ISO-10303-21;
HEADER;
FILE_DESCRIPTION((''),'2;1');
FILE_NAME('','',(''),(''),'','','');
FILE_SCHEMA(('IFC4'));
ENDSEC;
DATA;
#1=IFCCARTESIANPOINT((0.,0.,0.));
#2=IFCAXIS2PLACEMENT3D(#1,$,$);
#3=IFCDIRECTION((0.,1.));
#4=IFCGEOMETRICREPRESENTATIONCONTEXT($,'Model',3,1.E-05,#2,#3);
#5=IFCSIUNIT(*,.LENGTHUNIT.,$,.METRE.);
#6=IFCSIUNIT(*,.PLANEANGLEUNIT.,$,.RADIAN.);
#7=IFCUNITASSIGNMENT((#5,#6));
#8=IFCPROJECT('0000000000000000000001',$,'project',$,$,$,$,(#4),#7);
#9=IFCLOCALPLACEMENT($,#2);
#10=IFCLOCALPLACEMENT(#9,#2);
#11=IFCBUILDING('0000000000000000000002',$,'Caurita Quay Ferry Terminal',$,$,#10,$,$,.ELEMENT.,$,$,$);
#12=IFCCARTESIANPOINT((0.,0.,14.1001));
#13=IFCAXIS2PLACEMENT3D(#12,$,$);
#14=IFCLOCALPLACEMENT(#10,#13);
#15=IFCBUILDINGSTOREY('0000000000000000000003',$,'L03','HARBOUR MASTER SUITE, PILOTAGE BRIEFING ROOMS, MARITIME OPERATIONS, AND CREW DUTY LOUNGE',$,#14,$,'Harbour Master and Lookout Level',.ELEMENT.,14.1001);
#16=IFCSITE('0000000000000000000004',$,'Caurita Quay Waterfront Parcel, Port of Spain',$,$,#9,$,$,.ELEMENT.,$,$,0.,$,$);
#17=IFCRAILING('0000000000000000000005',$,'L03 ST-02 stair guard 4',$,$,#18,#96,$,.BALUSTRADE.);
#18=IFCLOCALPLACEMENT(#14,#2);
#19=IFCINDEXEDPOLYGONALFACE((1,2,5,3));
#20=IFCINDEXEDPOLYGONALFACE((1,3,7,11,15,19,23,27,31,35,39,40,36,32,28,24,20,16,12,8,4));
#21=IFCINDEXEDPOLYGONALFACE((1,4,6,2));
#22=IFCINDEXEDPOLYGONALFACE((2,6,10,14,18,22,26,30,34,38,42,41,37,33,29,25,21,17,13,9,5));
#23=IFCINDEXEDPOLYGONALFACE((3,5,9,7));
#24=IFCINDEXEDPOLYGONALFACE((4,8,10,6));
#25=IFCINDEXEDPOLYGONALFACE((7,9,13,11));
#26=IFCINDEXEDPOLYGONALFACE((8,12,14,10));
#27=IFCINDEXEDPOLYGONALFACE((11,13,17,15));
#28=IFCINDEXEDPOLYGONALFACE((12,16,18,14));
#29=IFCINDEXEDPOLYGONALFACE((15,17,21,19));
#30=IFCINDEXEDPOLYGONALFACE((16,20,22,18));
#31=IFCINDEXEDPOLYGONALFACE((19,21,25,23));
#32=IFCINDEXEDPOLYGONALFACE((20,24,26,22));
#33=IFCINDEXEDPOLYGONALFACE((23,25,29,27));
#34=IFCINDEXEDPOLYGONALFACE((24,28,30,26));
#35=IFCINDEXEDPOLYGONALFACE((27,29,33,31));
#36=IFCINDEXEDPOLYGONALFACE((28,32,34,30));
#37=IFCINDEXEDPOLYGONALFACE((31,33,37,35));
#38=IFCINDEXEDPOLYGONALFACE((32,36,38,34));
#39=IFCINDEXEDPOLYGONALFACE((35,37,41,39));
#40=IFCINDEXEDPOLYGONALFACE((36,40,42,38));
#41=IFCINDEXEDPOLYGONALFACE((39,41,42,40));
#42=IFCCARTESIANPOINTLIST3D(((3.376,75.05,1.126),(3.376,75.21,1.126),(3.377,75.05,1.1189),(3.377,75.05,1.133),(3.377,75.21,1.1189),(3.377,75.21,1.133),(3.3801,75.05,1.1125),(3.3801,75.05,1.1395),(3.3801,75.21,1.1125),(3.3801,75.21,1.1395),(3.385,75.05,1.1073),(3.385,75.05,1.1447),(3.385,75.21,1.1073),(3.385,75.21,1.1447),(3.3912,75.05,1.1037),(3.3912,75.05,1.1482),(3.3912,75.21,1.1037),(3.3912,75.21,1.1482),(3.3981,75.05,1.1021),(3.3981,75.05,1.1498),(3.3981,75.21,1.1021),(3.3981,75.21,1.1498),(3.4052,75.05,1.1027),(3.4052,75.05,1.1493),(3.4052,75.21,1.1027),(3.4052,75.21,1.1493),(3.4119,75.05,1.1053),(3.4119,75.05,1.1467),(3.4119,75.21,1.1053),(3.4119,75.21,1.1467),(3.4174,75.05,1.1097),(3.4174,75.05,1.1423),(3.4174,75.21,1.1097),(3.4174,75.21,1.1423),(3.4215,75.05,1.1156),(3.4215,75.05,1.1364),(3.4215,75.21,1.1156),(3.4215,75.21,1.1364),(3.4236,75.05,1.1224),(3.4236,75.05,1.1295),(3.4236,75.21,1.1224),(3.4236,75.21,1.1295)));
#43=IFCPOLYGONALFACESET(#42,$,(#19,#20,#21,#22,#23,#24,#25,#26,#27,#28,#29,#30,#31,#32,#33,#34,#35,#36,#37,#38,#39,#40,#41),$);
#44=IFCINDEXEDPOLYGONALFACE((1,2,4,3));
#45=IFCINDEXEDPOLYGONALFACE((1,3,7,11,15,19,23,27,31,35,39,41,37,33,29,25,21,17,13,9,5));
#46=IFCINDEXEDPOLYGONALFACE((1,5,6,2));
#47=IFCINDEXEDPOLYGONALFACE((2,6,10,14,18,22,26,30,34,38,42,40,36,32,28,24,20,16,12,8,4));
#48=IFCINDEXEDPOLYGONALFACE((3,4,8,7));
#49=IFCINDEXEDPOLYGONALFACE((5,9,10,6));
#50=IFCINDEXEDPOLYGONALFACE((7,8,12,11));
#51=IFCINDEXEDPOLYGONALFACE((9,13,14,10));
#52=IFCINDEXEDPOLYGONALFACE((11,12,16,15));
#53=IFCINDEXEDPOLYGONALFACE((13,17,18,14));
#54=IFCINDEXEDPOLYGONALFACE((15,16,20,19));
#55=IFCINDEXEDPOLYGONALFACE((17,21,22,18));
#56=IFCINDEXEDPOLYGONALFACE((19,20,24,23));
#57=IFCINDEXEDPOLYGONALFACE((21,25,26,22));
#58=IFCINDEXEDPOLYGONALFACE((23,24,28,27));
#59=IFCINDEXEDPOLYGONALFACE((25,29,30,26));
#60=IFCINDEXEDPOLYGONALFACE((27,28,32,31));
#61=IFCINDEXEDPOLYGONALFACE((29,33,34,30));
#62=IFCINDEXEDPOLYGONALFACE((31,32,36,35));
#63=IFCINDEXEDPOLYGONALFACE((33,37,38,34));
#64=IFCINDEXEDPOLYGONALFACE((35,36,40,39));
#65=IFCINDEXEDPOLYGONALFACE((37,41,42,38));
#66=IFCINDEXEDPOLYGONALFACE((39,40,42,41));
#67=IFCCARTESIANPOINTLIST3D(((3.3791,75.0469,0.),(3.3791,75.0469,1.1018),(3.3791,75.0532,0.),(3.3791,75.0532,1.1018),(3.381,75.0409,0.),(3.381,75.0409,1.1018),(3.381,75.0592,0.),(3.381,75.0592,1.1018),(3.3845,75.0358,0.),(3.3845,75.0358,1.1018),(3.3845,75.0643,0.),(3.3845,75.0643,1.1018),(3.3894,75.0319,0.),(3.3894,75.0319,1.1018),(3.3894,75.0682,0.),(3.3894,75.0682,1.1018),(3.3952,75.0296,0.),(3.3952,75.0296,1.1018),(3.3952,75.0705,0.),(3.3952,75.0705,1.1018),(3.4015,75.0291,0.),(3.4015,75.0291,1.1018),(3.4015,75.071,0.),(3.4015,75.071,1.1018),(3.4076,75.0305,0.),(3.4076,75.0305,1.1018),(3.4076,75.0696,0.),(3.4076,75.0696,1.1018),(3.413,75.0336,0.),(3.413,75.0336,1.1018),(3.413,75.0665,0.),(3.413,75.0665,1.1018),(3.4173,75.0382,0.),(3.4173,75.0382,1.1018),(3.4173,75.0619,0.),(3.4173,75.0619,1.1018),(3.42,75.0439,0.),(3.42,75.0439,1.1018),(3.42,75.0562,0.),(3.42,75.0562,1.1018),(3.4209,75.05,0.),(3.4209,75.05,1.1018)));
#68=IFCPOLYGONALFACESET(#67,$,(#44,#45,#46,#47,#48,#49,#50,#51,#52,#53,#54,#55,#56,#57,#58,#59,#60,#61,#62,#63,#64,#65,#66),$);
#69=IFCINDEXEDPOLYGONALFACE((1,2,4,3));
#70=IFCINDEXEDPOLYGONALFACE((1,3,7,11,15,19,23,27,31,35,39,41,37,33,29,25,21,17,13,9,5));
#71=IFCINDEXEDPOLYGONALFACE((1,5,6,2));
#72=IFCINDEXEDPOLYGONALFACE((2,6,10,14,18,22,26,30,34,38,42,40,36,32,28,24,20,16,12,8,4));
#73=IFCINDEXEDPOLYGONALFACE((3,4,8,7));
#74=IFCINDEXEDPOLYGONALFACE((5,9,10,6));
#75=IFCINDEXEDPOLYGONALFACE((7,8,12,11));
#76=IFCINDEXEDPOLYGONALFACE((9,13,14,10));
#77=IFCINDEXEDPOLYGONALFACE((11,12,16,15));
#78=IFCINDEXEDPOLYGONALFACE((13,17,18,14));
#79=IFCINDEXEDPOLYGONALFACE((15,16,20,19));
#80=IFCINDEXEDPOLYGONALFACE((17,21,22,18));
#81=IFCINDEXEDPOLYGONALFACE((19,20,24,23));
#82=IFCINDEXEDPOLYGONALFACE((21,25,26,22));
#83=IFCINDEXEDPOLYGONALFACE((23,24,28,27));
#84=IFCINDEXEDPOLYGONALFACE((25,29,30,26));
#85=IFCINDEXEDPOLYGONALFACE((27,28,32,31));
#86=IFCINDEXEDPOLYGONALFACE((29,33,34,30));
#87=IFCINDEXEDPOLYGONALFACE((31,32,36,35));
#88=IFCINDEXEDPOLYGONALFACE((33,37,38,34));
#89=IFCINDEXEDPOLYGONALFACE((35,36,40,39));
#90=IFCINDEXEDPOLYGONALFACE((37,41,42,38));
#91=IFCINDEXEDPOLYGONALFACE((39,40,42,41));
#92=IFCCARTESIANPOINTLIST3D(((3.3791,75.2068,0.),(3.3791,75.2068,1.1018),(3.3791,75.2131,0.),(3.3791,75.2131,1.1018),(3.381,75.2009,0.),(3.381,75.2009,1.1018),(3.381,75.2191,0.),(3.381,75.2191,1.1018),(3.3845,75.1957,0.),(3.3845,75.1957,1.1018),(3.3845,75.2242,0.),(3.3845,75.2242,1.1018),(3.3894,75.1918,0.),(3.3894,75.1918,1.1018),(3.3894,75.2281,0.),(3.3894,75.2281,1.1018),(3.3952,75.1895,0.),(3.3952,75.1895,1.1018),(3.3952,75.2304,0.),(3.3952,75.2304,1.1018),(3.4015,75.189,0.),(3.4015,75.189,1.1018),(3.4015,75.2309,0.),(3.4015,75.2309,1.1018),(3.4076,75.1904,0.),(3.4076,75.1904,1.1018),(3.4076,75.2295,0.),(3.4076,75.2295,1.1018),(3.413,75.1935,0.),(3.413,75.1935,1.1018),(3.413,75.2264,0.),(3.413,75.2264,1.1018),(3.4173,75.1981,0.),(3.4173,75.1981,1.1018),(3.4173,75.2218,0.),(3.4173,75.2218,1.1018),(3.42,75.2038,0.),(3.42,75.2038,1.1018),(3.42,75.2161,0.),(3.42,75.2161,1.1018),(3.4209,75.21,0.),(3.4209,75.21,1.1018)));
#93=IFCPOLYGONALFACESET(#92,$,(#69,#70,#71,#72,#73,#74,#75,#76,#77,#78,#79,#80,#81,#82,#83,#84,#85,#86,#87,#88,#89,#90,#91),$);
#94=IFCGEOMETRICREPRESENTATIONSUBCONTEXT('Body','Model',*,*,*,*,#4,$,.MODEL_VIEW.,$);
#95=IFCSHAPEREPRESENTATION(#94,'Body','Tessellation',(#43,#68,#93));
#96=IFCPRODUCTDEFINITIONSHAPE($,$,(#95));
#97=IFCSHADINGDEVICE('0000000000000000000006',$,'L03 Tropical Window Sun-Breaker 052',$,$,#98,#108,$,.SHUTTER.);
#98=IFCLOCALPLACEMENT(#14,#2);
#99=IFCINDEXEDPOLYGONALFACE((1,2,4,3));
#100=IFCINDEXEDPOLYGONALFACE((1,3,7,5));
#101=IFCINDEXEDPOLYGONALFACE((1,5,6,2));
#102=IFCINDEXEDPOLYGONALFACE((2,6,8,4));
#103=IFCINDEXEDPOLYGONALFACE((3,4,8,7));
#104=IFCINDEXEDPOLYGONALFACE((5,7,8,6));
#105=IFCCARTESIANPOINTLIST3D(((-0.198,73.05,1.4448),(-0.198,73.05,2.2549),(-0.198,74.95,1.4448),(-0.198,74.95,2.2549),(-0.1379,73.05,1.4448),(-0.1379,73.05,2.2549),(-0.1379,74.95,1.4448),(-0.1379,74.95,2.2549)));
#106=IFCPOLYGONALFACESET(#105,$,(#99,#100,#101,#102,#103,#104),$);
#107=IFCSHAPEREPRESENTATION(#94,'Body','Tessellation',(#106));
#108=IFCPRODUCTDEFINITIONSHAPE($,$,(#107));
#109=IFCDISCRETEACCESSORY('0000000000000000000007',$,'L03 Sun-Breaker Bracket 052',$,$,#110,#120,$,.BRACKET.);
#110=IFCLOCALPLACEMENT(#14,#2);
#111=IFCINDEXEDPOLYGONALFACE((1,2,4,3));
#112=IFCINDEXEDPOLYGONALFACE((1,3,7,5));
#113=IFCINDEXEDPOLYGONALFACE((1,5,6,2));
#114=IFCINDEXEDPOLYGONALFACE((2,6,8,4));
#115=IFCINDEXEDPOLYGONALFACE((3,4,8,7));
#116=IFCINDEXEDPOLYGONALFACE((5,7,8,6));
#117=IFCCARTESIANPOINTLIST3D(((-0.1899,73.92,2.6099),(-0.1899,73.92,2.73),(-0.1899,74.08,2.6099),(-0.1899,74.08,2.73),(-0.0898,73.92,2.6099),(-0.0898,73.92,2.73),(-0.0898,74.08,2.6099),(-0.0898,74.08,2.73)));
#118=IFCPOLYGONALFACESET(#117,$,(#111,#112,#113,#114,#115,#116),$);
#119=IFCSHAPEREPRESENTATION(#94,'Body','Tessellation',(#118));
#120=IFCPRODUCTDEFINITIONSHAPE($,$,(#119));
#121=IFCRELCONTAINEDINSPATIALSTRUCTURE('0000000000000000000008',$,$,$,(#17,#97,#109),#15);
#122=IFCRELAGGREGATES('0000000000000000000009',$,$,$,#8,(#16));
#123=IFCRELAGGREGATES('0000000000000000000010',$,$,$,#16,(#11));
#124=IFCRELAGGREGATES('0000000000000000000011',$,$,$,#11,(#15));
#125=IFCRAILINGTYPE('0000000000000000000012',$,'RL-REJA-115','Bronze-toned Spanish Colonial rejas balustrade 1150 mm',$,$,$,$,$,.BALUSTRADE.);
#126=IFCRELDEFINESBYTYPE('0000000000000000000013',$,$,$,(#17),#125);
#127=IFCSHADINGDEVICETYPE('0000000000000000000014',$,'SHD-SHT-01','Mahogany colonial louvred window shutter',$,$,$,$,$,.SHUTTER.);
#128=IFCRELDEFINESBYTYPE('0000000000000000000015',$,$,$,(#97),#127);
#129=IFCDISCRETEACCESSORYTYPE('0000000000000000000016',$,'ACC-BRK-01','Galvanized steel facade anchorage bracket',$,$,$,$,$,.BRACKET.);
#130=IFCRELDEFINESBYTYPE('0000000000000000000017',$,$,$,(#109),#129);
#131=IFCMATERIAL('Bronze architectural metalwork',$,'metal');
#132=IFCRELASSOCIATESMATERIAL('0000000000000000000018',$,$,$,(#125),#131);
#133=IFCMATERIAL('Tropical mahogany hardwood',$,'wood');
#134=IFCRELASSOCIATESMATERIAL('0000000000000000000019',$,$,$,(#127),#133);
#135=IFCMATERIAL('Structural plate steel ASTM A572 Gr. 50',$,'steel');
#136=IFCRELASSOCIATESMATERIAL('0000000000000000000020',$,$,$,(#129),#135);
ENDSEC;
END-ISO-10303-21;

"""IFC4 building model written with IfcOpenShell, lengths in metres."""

from ifc_helpers import new_model, si_unit, direction, frame, origin, origin_2d, place, context, subcontext, project, spatial, rectangle, circle, extrude, material, type_object, element, save


model = new_model("IFC4")

# Units and contexts
model_context = context("Model", 3, precision=1e-05, world=origin(), true_north=direction((0.0, 1.0)))
body_context = subcontext(model_context, "Body", "Model", "MODEL_VIEW")
ifc_project = project(units=[si_unit("LENGTHUNIT", "METRE"), si_unit("PLANEANGLEUNIT", "RADIAN")], contexts=[model_context])

# Site, building, storey
site_placement = place(None, origin())
site = spatial("IfcSite", under=ifc_project, at=site_placement, Name="Caurita Quay Waterfront Parcel, Port of Spain", CompositionType="ELEMENT", RefElevation=0.0)
building_placement = place(site_placement, origin())
building = spatial("IfcBuilding", under=site, at=building_placement, Name="Caurita Quay Ferry Terminal", CompositionType="ELEMENT")
storey_placement = place(building_placement, frame((0.0, 0.0, 14.1001)))
storey = spatial("IfcBuildingStorey", under=building, at=storey_placement, Name="L03", Description="HARBOUR MASTER SUITE, PILOTAGE BRIEFING ROOMS, MARITIME OPERATIONS, AND CREW DUTY LOUNGE", LongName="Harbour Master and Lookout Level", CompositionType="ELEMENT", Elevation=14.1001)

# Railing
ifc_material_1 = material(Name="Bronze architectural metalwork", Category="metal")
railing_type_1 = type_object("IfcRailingType", Name="RL-REJA-115", Description="Bronze-toned Spanish Colonial rejas balustrade 1150 mm", PredefinedType="BALUSTRADE", material=ifc_material_1)
railing_1_placement = place(storey_placement, frame((3.3999, 75.05, 0.0)))
element("IfcRailing", 1, at=railing_1_placement, inside=storey, type_object=railing_type_1, Name="L03 ST-02 stair guard 4", PredefinedType="BALUSTRADE", context=body_context, shape_type="SweptSolid", body=[
    extrude(circle(Radius=0.0239, at=origin_2d()), frame((0.0, 0.0, 1.126), z_axis=(0.0, 1.0, 0.0), x_axis=(-1.0, 0.0, 0.0)), (0.0, 0.0, 1.0), 0.1599),
    extrude(circle(Radius=0.021, at=origin_2d()), origin(), (0.0, 0.0, 1.0), 1.1018),
    extrude(circle(Radius=0.021, at=origin_2d()), frame((0.0, 0.1599, 0.0)), (0.0, 0.0, 1.0), 1.1018),
])

# Shading device
ifc_material_2 = material(Name="Tropical mahogany hardwood", Category="wood")
shading_device_type = type_object("IfcShadingDeviceType", Name="SHD-SHT-01", Description="Mahogany colonial louvred window shutter", PredefinedType="SHUTTER", material=ifc_material_2)
shading_device_placement = place(storey_placement, frame((-0.168, 74.0, 1.4448), z_axis=(0.0, 0.0, 1.0), x_axis=(0.0, -1.0, 0.0)))
element("IfcShadingDevice", 2, at=shading_device_placement, inside=storey, type_object=shading_device_type, Name="L03 Tropical Window Sun-Breaker 052", PredefinedType="SHUTTER", context=body_context, shape_type="SweptSolid", body=[
    extrude(rectangle(XDim=1.8999, YDim=0.0601, at=origin_2d()), origin(), (0.0, 0.0, 1.0), 0.8101),
])

# Discrete accessory
ifc_material_3 = material(Name="Structural plate steel ASTM A572 Gr. 50", Category="steel")
discrete_accessory_type = type_object("IfcDiscreteAccessoryType", Name="ACC-BRK-01", Description="Galvanized steel facade anchorage bracket", PredefinedType="BRACKET", material=ifc_material_3)
discrete_accessory_placement = place(storey_placement, frame((-0.1399, 74.0, 2.6099), z_axis=(0.0, 0.0, 1.0), x_axis=(0.0, -1.0, 0.0)))
element("IfcDiscreteAccessory", 3, at=discrete_accessory_placement, inside=storey, type_object=discrete_accessory_type, Name="L03 Sun-Breaker Bracket 052", PredefinedType="BRACKET", context=body_context, shape_type="SweptSolid", body=[
    extrude(rectangle(XDim=0.1599, YDim=0.1001, at=origin_2d()), origin(), (0.0, 0.0, 1.0), 0.1201),
])

save(model, "model.ifc")
